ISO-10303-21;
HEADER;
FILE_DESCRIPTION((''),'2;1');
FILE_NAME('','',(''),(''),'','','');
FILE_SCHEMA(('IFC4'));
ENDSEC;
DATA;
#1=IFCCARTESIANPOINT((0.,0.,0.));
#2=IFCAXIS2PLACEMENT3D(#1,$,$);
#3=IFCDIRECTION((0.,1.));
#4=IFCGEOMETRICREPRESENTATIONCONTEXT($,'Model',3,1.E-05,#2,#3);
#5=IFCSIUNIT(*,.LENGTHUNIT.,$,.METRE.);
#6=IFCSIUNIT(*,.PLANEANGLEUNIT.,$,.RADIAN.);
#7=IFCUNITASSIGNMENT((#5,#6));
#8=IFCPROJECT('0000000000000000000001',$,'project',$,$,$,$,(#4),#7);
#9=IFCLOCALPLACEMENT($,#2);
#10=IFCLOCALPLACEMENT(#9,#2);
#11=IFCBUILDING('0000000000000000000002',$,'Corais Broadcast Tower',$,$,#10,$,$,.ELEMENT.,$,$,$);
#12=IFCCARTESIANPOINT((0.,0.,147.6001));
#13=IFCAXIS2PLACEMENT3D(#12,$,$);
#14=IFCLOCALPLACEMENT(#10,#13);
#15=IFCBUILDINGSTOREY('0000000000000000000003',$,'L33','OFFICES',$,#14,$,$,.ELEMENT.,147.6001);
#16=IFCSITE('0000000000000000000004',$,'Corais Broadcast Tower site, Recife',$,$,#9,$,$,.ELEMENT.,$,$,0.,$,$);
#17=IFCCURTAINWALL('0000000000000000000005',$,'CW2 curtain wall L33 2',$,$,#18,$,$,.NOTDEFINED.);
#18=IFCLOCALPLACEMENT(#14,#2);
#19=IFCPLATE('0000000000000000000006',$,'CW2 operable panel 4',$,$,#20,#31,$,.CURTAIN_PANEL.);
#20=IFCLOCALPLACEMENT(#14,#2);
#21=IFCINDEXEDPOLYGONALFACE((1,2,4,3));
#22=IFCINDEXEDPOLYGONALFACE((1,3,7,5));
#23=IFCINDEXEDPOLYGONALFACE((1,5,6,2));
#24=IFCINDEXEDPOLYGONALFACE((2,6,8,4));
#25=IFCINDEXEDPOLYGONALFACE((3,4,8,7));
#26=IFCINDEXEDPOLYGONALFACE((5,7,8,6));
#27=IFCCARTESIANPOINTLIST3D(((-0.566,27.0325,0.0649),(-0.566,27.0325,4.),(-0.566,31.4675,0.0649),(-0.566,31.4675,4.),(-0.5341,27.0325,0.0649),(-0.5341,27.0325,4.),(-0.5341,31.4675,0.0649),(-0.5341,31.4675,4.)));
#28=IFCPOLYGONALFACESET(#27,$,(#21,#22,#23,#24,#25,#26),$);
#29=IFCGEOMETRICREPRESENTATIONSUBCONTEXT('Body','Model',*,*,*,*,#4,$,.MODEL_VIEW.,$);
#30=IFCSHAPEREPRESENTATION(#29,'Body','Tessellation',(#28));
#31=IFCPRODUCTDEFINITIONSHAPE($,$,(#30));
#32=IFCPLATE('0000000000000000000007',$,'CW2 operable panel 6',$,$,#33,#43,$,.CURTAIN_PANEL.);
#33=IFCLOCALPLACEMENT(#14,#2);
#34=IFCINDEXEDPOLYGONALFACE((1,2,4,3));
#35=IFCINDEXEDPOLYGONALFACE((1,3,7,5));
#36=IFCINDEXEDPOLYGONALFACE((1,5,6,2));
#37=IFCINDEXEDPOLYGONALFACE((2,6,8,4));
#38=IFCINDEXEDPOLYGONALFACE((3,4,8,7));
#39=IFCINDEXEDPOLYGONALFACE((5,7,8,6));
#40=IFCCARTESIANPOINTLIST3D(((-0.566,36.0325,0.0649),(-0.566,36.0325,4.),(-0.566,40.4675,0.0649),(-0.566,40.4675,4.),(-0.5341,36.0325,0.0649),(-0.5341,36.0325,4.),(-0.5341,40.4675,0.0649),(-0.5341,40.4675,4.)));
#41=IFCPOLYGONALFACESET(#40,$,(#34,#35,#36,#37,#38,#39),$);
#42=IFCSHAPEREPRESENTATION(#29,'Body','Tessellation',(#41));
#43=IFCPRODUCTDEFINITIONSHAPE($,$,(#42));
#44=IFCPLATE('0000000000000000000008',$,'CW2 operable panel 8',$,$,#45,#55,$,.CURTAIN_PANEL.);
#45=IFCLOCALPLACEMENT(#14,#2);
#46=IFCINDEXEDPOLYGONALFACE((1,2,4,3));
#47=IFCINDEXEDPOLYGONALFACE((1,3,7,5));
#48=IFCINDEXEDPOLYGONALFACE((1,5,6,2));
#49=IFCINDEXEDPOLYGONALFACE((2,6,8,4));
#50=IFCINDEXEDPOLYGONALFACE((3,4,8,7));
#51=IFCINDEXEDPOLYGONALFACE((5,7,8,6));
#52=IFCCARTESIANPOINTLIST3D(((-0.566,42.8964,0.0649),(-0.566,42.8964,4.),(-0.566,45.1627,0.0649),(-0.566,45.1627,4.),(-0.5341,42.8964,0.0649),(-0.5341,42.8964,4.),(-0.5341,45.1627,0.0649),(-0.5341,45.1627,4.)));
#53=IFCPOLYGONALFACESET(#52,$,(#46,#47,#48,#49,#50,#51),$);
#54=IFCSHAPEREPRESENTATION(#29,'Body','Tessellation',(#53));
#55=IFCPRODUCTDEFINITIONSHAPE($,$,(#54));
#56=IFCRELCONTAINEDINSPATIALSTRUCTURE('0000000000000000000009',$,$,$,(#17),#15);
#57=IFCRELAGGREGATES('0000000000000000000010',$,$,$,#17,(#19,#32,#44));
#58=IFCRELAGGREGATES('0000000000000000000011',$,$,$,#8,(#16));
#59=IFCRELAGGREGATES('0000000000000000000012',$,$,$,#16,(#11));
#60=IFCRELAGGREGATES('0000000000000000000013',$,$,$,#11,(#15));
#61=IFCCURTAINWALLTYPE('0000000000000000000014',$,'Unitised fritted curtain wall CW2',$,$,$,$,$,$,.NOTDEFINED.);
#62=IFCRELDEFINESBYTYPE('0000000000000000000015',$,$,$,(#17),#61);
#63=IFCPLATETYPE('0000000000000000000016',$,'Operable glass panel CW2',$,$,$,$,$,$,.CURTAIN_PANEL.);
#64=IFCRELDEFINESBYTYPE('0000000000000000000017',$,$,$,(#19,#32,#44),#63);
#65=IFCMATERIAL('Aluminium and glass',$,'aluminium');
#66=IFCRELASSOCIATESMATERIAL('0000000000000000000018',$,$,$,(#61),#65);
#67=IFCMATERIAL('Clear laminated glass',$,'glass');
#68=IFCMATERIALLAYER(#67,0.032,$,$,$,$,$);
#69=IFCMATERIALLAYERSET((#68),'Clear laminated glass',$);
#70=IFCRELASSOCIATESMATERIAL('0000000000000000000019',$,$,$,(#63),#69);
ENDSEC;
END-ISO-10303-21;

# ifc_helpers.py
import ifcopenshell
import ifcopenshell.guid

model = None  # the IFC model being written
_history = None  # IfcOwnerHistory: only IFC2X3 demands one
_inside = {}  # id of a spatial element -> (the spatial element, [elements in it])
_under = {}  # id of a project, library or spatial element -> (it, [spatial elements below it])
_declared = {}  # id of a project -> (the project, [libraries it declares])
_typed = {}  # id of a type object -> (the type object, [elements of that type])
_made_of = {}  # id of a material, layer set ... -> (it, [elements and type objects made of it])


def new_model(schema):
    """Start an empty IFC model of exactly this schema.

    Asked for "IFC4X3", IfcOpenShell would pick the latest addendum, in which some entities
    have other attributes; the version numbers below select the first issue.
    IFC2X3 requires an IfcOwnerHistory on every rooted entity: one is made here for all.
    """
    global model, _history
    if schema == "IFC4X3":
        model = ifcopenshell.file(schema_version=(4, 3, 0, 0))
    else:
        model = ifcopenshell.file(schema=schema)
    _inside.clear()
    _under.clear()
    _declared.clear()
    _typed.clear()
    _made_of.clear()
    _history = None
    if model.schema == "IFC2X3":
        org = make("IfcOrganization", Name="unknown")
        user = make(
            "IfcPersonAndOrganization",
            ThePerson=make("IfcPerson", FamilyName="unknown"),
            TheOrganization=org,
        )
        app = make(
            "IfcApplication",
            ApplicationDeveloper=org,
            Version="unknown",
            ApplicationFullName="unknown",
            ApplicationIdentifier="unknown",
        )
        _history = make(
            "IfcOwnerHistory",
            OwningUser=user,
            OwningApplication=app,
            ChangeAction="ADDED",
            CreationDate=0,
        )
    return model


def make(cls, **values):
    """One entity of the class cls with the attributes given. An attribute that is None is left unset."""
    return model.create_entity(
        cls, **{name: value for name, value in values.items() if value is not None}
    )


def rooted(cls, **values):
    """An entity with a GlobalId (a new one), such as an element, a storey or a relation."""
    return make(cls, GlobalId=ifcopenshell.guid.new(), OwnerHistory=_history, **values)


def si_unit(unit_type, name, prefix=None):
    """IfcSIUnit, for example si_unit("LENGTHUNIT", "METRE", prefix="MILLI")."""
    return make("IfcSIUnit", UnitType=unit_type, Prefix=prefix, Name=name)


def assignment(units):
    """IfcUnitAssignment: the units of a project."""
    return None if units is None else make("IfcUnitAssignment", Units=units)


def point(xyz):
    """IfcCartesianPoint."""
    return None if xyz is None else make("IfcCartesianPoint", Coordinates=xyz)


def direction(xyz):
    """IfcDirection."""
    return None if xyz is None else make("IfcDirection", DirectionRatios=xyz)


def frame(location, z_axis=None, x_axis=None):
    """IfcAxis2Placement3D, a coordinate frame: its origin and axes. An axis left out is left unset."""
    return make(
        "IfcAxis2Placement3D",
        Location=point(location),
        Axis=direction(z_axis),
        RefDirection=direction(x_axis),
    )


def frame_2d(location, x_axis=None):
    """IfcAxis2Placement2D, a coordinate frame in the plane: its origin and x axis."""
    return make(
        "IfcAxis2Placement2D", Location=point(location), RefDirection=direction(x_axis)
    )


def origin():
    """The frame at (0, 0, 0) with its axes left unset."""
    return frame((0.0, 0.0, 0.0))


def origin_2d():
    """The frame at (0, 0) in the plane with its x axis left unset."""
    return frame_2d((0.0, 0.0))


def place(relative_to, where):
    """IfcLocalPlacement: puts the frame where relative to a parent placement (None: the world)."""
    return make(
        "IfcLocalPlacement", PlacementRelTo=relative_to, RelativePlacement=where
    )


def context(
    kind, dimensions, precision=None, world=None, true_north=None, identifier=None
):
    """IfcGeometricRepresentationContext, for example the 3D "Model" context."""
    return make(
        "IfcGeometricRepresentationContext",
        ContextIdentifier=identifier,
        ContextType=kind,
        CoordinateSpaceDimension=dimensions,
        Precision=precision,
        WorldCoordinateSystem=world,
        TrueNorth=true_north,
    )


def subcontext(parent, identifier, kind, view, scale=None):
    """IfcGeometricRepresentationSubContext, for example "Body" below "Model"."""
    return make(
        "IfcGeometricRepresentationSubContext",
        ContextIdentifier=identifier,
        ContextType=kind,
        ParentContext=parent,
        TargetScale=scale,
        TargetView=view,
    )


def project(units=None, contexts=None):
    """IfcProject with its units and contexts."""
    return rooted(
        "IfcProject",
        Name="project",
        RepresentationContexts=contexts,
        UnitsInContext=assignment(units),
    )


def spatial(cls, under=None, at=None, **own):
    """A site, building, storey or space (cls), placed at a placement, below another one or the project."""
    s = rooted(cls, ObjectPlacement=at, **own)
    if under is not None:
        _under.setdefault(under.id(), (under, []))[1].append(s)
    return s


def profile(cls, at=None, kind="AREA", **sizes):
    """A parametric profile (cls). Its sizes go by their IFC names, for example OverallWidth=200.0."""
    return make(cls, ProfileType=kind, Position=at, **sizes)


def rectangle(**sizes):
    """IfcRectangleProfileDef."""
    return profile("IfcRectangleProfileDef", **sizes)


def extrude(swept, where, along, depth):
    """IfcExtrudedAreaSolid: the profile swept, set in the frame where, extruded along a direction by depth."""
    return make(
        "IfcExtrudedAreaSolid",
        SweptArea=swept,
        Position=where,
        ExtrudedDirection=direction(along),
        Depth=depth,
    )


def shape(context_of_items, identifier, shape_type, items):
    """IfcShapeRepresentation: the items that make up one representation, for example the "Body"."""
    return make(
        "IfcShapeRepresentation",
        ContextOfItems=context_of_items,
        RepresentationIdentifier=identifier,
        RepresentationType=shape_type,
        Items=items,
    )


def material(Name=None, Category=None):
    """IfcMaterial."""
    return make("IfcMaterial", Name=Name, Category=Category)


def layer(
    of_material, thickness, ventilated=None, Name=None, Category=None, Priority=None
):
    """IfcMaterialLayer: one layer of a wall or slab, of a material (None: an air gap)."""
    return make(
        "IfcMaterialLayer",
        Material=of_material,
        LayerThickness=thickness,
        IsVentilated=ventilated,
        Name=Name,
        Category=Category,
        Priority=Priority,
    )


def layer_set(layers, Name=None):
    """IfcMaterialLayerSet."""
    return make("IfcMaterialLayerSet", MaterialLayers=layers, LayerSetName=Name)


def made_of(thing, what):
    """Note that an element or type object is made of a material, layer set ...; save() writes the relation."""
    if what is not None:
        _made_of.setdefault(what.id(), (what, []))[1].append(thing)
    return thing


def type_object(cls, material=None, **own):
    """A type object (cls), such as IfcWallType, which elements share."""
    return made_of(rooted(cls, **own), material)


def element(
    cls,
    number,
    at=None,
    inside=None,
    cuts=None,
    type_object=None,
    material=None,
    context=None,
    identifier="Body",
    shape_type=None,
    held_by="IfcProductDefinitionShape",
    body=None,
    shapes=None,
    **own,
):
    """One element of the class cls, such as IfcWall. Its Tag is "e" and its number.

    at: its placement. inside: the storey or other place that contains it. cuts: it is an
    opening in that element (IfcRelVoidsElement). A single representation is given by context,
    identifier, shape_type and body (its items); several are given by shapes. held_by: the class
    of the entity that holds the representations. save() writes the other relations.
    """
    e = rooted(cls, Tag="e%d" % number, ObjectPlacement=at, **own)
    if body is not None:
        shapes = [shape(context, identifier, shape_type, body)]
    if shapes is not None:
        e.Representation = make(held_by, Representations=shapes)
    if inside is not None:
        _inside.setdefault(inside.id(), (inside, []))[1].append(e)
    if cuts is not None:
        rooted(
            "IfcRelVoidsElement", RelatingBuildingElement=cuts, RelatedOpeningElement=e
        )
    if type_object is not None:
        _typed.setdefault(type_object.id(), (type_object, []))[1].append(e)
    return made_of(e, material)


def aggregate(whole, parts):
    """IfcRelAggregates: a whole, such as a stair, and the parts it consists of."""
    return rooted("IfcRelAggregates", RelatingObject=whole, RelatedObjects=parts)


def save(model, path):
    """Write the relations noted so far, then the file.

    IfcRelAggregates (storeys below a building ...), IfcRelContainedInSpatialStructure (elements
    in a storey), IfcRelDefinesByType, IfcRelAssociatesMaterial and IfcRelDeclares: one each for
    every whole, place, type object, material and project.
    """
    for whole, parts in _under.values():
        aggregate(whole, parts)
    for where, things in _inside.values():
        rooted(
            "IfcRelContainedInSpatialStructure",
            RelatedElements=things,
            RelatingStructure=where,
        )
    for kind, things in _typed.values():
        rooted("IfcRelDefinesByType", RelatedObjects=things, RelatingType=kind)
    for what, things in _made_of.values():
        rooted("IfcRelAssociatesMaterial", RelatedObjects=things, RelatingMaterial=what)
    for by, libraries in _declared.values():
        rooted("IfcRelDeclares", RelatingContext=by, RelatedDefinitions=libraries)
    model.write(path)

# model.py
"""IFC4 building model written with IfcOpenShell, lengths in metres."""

from ifc_helpers import new_model, si_unit, direction, frame, origin, origin_2d, place, context, subcontext, project, spatial, rectangle, extrude, material, layer, layer_set, type_object, element, aggregate, save


model = new_model("IFC4")

# Units and contexts
model_context = context("Model", 3, precision=1e-05, world=origin(), true_north=direction((0.0, 1.0)))
body_context = subcontext(model_context, "Body", "Model", "MODEL_VIEW")
ifc_project = project(units=[si_unit("LENGTHUNIT", "METRE"), si_unit("PLANEANGLEUNIT", "RADIAN")], contexts=[model_context])

# Site, building, storey
site_placement = place(None, origin())
site = spatial("IfcSite", under=ifc_project, at=site_placement, Name="Corais Broadcast Tower site, Recife", CompositionType="ELEMENT", RefElevation=0.0)
building_placement = place(site_placement, origin())
building = spatial("IfcBuilding", under=site, at=building_placement, Name="Corais Broadcast Tower", CompositionType="ELEMENT")
storey_placement = place(building_placement, frame((0.0, 0.0, 147.6001)))
storey = spatial("IfcBuildingStorey", under=building, at=storey_placement, Name="L33", Description="OFFICES", CompositionType="ELEMENT", Elevation=147.6001)

# Curtain wall
ifc_material_1 = material(Name="Aluminium and glass", Category="aluminium")
curtain_wall_type = type_object("IfcCurtainWallType", Name="Unitised fritted curtain wall CW2", PredefinedType="NOTDEFINED", material=ifc_material_1)
curtain_wall_placement = place(storey_placement, origin())
curtain_wall = element("IfcCurtainWall", 1, at=curtain_wall_placement, inside=storey, type_object=curtain_wall_type, Name="CW2 curtain wall L33 2", PredefinedType="NOTDEFINED")

# Plates
ifc_material_2 = material(Name="Clear laminated glass", Category="glass")
ifc_layer_1 = layer(ifc_material_2, 0.032)
ifc_layer_set_1 = layer_set([ifc_layer_1], Name="Clear laminated glass")
plate_type_1 = type_object("IfcPlateType", Name="Operable glass panel CW2", PredefinedType="CURTAIN_PANEL", material=ifc_layer_set_1)
plate_1_placement = place(storey_placement, frame((-0.55, 29.25, 0.0649), z_axis=(0.0, 0.0, 1.0), x_axis=(0.0, 1.0, 0.0)))
plate_1 = element("IfcPlate", 2, at=plate_1_placement, type_object=plate_type_1, Name="CW2 operable panel 4", PredefinedType="CURTAIN_PANEL", context=body_context, shape_type="SweptSolid", body=[
    extrude(rectangle(XDim=4.4351, YDim=0.032, at=origin_2d()), origin(), (0.0, 0.0, 1.0), 3.9351),
])
plate_2_placement = place(storey_placement, frame((-0.55, 38.25, 0.0649), z_axis=(0.0, 0.0, 1.0), x_axis=(0.0, 1.0, 0.0)))
plate_2 = element("IfcPlate", 3, at=plate_2_placement, type_object=plate_type_1, Name="CW2 operable panel 6", PredefinedType="CURTAIN_PANEL", context=body_context, shape_type="SweptSolid", body=[
    extrude(rectangle(XDim=4.4351, YDim=0.032, at=origin_2d()), origin(), (0.0, 0.0, 1.0), 3.9351),
])
plate_3_placement = place(storey_placement, frame((-0.55, 44.0295, 0.0649), z_axis=(0.0, 0.0, 1.0), x_axis=(0.0, 1.0, 0.0)))
plate_3 = element("IfcPlate", 4, at=plate_3_placement, type_object=plate_type_1, Name="CW2 operable panel 8", PredefinedType="CURTAIN_PANEL", context=body_context, shape_type="SweptSolid", body=[
    extrude(rectangle(XDim=2.2664, YDim=0.032, at=origin_2d()), origin(), (0.0, 0.0, 1.0), 3.9351),
])
aggregate(curtain_wall, [plate_1, plate_2, plate_3])

save(model, "model.ifc")
